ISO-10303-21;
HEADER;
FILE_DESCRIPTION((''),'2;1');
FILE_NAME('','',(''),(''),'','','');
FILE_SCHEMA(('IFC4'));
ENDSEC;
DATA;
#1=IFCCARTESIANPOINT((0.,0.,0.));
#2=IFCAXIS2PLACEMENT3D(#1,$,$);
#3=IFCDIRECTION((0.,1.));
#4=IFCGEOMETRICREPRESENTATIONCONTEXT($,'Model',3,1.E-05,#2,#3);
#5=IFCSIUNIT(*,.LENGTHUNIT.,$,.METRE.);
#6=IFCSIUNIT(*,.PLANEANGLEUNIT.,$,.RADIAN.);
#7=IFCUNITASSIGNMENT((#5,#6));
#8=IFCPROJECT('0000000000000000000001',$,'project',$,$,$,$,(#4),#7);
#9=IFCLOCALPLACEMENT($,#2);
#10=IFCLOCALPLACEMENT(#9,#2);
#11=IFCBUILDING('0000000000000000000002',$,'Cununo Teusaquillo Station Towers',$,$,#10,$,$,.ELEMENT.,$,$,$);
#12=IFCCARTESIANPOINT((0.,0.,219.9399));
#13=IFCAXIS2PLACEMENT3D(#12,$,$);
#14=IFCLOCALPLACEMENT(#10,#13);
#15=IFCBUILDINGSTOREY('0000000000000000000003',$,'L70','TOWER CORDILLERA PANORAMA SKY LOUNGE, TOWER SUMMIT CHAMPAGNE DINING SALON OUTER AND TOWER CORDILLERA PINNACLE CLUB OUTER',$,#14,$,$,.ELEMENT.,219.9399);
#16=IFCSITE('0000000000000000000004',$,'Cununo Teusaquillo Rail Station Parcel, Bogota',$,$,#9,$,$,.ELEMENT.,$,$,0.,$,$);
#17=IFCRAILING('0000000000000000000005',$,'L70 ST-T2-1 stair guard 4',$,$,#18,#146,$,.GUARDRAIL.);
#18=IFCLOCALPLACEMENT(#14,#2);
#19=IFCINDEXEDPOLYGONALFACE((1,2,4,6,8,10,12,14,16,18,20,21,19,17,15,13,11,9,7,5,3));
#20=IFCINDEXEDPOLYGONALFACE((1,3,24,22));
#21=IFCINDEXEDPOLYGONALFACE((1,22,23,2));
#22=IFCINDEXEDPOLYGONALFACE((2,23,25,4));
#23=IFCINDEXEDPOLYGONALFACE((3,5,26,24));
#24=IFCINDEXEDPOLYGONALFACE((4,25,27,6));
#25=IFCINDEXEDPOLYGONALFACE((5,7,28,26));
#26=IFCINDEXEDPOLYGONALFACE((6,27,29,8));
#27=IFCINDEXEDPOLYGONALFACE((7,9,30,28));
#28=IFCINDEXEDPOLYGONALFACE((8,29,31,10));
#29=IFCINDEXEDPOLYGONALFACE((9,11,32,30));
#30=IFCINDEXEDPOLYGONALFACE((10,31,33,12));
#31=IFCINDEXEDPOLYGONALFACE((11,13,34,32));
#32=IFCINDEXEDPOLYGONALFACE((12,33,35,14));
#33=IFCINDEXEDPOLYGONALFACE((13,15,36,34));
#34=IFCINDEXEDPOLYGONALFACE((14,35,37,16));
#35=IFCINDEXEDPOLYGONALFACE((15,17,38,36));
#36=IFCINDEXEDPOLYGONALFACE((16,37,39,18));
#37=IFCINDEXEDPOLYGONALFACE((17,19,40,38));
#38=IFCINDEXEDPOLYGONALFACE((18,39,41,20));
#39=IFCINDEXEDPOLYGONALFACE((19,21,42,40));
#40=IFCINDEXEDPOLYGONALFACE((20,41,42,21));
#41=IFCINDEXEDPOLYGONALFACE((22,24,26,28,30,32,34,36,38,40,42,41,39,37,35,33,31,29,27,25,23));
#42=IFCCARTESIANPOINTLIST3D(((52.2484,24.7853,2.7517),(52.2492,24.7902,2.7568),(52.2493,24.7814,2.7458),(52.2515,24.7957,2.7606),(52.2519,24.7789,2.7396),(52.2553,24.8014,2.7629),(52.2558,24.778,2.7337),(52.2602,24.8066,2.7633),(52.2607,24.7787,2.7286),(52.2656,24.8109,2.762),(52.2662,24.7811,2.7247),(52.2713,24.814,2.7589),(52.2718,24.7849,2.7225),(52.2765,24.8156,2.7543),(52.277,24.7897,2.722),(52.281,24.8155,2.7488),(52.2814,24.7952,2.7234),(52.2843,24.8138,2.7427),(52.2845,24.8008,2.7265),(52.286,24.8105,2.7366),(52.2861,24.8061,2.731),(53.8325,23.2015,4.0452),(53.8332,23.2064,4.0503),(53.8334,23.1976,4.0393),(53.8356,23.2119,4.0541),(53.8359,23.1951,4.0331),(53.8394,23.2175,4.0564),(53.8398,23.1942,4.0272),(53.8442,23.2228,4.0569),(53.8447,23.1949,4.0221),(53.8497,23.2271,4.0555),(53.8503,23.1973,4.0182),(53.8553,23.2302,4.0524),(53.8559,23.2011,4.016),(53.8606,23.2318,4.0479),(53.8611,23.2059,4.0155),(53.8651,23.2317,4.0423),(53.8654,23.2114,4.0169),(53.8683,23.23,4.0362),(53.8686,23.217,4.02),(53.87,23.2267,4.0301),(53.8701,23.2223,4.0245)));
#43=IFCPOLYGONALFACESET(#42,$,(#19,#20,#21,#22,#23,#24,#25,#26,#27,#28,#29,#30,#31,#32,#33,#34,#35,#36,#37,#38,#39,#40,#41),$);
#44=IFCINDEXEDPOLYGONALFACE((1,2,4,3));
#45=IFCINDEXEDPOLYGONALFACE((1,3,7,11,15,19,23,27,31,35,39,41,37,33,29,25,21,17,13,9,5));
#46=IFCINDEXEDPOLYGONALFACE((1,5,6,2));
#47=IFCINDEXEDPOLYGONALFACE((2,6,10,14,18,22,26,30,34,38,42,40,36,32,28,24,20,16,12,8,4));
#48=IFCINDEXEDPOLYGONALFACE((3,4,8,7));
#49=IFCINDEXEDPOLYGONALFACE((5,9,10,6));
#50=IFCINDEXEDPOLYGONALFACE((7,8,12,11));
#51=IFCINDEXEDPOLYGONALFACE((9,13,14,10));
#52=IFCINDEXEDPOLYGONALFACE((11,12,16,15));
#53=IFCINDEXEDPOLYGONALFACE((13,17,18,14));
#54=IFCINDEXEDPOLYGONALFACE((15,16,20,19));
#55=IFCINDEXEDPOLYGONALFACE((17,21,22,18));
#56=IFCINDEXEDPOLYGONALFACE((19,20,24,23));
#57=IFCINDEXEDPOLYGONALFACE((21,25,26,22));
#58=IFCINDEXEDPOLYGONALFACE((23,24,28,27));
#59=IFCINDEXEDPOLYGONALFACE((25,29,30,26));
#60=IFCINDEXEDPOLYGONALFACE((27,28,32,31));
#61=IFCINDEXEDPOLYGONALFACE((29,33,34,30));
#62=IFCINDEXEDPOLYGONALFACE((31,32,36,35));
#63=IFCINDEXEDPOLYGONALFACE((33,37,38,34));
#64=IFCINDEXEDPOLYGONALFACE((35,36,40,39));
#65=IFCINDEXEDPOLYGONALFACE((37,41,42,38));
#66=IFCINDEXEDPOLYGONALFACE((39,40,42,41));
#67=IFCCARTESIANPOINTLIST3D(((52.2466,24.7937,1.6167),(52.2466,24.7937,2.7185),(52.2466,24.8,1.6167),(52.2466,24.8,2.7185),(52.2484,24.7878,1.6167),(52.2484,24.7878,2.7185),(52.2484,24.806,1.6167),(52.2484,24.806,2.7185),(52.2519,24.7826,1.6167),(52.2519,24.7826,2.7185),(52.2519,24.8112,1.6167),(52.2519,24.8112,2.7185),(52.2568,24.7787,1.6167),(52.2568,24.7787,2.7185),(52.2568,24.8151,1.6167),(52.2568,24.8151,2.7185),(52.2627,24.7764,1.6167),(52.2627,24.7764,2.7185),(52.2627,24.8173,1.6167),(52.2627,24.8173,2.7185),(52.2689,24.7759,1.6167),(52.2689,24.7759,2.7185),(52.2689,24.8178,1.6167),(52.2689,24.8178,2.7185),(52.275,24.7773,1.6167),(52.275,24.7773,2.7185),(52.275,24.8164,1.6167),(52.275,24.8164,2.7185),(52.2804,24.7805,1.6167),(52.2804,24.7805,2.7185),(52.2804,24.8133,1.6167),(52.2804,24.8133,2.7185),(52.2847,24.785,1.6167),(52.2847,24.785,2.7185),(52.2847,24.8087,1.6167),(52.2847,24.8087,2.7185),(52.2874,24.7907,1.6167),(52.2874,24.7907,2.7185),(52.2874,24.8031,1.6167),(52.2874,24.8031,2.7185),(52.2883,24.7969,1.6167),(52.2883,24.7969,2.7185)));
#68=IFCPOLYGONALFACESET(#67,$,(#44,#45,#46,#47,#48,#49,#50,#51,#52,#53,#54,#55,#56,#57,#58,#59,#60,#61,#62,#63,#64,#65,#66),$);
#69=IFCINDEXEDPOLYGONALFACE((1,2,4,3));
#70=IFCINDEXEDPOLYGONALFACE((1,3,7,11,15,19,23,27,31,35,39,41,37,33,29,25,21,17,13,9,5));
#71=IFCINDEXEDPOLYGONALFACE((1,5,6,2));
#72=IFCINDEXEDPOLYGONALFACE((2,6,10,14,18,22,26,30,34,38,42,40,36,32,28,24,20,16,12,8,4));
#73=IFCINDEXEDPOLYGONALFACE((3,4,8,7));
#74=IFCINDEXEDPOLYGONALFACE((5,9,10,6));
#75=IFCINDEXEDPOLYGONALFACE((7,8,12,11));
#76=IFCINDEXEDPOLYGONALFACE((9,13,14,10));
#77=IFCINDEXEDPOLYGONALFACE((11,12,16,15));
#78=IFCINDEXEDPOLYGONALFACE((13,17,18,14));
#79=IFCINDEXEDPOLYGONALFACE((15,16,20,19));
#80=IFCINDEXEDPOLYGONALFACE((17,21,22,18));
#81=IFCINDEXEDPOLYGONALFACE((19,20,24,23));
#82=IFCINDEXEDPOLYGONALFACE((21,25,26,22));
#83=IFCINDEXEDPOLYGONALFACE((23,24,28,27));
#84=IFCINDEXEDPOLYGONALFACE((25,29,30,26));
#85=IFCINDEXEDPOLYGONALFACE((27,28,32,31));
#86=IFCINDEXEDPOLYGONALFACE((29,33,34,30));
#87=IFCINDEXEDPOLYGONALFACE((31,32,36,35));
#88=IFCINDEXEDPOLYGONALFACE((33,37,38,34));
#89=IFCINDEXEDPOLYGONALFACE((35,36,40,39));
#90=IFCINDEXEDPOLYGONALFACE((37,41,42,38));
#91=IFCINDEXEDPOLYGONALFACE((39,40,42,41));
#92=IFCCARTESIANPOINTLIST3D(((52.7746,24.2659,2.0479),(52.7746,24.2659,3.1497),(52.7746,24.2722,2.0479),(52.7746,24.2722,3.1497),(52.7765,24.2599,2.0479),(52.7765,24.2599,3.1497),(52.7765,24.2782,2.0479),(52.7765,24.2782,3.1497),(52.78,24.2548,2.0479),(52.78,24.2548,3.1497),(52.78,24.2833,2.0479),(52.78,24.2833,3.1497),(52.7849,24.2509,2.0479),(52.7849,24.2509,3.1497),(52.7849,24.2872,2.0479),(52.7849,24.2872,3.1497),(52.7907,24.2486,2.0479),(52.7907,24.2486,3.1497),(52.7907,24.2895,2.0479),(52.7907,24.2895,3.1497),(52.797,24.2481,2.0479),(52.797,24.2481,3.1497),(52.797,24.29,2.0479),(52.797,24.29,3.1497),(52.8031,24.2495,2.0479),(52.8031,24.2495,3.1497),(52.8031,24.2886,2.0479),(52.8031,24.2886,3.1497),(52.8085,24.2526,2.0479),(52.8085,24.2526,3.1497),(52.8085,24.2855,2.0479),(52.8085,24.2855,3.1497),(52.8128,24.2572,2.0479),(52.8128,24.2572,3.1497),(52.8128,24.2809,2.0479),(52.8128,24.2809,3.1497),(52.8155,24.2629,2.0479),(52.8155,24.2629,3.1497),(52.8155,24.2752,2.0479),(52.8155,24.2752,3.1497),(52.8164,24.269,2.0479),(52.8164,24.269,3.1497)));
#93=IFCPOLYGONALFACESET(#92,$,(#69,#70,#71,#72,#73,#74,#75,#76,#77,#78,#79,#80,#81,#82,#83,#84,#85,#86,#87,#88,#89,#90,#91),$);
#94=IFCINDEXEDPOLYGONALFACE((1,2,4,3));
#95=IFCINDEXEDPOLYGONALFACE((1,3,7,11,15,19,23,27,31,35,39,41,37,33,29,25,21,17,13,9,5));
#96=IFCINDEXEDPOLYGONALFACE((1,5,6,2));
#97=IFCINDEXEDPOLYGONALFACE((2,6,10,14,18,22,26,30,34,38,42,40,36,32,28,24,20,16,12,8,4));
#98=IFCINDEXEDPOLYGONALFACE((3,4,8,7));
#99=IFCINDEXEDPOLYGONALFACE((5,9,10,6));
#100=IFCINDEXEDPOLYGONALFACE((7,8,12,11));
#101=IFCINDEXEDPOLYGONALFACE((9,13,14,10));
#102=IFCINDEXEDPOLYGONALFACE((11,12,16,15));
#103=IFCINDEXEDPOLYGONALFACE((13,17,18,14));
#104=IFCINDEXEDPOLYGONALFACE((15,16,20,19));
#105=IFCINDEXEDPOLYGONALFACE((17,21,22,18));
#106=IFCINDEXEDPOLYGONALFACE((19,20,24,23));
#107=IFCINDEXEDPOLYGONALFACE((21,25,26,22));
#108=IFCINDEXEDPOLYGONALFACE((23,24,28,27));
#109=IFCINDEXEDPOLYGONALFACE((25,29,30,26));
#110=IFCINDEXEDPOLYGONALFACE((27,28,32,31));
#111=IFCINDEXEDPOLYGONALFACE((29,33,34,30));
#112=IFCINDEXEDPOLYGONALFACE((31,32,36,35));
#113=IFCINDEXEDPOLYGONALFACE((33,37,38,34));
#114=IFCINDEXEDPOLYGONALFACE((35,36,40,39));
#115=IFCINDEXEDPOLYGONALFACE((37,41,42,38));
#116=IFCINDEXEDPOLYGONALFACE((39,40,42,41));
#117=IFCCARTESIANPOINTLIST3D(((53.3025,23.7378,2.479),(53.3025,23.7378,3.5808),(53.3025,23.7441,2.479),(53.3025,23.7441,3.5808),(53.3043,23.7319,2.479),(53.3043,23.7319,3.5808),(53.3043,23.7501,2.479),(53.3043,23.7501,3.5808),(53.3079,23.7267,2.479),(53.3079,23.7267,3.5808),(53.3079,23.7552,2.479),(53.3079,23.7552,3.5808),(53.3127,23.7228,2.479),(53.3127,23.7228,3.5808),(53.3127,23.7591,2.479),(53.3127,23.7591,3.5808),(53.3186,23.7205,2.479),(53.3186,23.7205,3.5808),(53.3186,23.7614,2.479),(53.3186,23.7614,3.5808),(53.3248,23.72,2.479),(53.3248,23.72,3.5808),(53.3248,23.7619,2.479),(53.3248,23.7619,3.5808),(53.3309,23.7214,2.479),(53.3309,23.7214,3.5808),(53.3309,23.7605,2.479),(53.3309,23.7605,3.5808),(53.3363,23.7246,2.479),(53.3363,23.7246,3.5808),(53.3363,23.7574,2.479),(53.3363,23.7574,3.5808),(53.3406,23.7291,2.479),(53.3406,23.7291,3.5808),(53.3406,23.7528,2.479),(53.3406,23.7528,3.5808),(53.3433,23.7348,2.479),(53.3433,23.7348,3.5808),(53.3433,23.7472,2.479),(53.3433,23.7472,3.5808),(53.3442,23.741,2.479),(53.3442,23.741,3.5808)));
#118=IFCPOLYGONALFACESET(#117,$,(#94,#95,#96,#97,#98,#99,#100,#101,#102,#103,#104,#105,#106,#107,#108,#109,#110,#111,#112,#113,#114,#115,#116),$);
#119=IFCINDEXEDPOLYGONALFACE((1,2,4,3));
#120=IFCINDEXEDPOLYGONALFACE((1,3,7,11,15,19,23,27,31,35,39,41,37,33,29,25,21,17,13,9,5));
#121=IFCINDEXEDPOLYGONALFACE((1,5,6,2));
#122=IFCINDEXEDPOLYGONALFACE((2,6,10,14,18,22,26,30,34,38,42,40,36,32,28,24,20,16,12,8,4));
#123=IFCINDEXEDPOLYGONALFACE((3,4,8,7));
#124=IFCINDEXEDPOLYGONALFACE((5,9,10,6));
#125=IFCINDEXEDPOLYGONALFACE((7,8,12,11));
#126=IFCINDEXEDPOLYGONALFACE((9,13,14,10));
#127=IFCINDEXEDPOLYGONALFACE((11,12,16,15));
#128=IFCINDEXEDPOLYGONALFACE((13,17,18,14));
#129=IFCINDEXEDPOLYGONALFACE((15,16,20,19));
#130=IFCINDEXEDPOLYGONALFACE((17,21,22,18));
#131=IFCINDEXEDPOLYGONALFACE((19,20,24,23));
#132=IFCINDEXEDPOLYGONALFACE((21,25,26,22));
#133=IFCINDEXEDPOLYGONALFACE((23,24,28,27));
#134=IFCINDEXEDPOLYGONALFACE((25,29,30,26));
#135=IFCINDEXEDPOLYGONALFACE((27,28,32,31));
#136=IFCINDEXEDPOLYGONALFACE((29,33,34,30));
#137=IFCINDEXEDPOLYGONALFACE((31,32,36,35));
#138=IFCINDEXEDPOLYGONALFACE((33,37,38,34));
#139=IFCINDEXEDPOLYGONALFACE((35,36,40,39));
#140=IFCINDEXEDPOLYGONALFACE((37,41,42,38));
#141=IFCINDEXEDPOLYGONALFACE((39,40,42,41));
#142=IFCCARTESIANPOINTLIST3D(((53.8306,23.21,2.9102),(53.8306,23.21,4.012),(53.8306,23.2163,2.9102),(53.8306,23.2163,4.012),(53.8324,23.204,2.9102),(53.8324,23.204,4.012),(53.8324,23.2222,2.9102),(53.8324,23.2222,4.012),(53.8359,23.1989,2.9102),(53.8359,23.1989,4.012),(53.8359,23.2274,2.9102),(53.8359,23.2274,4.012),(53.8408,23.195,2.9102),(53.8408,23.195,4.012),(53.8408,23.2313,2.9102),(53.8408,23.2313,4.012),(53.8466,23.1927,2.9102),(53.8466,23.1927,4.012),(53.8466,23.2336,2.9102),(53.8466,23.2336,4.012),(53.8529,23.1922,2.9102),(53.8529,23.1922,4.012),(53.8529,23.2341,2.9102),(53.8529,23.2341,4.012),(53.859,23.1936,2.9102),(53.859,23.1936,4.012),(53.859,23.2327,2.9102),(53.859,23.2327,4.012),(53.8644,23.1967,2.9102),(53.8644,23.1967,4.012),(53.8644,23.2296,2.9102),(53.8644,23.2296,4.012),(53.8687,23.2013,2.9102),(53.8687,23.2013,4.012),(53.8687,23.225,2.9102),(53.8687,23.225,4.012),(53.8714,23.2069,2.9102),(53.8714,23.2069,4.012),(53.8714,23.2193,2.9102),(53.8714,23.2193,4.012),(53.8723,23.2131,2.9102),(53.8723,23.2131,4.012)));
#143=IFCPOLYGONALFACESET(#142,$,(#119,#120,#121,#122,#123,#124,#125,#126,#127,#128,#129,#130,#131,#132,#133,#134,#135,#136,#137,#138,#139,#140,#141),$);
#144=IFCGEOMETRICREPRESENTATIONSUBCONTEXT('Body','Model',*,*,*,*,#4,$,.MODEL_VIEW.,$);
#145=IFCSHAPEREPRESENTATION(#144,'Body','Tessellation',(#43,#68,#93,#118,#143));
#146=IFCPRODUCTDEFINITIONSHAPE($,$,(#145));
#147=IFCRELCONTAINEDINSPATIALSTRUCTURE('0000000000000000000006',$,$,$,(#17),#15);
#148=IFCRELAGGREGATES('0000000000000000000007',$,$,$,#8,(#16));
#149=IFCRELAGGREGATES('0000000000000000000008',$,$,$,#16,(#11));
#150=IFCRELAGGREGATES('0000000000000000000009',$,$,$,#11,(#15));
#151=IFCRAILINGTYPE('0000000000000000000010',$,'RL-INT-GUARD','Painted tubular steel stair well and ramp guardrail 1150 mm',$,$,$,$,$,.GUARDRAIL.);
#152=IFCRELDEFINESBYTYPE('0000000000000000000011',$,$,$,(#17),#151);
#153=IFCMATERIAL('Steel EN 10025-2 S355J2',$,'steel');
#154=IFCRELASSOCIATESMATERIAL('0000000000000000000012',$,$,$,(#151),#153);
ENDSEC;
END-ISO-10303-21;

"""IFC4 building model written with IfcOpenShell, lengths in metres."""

from ifc_helpers import new_model, si_unit, direction, frame, origin, origin_2d, place, context, subcontext, project, spatial, circle, extrude, material, type_object, element, save


model = new_model("IFC4")

# Units and contexts
model_context = context("Model", 3, precision=1e-05, world=origin(), true_north=direction((0.0, 1.0)))
body_context = subcontext(model_context, "Body", "Model", "MODEL_VIEW")
ifc_project = project(units=[si_unit("LENGTHUNIT", "METRE"), si_unit("PLANEANGLEUNIT", "RADIAN")], contexts=[model_context])

# Site, building, storey
site_placement = place(None, origin())
site = spatial("IfcSite", under=ifc_project, at=site_placement, Name="Cununo Teusaquillo Rail Station Parcel, Bogota", CompositionType="ELEMENT", RefElevation=0.0)
building_placement = place(site_placement, origin())
building = spatial("IfcBuilding", under=site, at=building_placement, Name="Cununo Teusaquillo Station Towers", CompositionType="ELEMENT")
storey_placement = place(building_placement, frame((0.0, 0.0, 219.9399)))
storey = spatial("IfcBuildingStorey", under=building, at=storey_placement, Name="L70", Description="TOWER CORDILLERA PANORAMA SKY LOUNGE, TOWER SUMMIT CHAMPAGNE DINING SALON OUTER AND TOWER CORDILLERA PINNACLE CLUB OUTER", CompositionType="ELEMENT", Elevation=219.9399)

# Railing
ifc_material_1 = material(Name="Steel EN 10025-2 S355J2", Category="steel")
railing_type_1 = type_object("IfcRailingType", Name="RL-INT-GUARD", Description="Painted tubular steel stair well and ramp guardrail 1150 mm", PredefinedType="GUARDRAIL", material=ifc_material_1)
railing_1_placement = place(storey_placement, frame((52.2673, 24.7969, 1.6167)))
element("IfcRailing", 1, at=railing_1_placement, inside=storey, type_object=railing_type_1, Name="L70 ST-T2-1 stair guard 4", PredefinedType="GUARDRAIL", context=body_context, shape_type="SweptSolid", body=[
    extrude(circle(Radius=0.0239, at=origin_2d()), frame((0.0, 0.0, 1.126), z_axis=(0.612391, -0.612297, 0.500069), x_axis=(0.707052, 0.707161, 0.0)), (0.0, 0.0, 1.0), 2.5867),
    extrude(circle(Radius=0.021, at=origin_2d()), origin(), (0.0, 0.0, 1.0), 1.1018),
    extrude(circle(Radius=0.021, at=origin_2d()), frame((0.5281, -0.5278, 0.4312)), (0.0, 0.0, 1.0), 1.1018),
    extrude(circle(Radius=0.021, at=origin_2d()), frame((1.0559, -1.0559, 0.8623)), (0.0, 0.0, 1.0), 1.1018),
    extrude(circle(Radius=0.021, at=origin_2d()), frame((1.584, -1.5837, 1.2935)), (0.0, 0.0, 1.0), 1.1018),
])

save(model, "model.ifc")
